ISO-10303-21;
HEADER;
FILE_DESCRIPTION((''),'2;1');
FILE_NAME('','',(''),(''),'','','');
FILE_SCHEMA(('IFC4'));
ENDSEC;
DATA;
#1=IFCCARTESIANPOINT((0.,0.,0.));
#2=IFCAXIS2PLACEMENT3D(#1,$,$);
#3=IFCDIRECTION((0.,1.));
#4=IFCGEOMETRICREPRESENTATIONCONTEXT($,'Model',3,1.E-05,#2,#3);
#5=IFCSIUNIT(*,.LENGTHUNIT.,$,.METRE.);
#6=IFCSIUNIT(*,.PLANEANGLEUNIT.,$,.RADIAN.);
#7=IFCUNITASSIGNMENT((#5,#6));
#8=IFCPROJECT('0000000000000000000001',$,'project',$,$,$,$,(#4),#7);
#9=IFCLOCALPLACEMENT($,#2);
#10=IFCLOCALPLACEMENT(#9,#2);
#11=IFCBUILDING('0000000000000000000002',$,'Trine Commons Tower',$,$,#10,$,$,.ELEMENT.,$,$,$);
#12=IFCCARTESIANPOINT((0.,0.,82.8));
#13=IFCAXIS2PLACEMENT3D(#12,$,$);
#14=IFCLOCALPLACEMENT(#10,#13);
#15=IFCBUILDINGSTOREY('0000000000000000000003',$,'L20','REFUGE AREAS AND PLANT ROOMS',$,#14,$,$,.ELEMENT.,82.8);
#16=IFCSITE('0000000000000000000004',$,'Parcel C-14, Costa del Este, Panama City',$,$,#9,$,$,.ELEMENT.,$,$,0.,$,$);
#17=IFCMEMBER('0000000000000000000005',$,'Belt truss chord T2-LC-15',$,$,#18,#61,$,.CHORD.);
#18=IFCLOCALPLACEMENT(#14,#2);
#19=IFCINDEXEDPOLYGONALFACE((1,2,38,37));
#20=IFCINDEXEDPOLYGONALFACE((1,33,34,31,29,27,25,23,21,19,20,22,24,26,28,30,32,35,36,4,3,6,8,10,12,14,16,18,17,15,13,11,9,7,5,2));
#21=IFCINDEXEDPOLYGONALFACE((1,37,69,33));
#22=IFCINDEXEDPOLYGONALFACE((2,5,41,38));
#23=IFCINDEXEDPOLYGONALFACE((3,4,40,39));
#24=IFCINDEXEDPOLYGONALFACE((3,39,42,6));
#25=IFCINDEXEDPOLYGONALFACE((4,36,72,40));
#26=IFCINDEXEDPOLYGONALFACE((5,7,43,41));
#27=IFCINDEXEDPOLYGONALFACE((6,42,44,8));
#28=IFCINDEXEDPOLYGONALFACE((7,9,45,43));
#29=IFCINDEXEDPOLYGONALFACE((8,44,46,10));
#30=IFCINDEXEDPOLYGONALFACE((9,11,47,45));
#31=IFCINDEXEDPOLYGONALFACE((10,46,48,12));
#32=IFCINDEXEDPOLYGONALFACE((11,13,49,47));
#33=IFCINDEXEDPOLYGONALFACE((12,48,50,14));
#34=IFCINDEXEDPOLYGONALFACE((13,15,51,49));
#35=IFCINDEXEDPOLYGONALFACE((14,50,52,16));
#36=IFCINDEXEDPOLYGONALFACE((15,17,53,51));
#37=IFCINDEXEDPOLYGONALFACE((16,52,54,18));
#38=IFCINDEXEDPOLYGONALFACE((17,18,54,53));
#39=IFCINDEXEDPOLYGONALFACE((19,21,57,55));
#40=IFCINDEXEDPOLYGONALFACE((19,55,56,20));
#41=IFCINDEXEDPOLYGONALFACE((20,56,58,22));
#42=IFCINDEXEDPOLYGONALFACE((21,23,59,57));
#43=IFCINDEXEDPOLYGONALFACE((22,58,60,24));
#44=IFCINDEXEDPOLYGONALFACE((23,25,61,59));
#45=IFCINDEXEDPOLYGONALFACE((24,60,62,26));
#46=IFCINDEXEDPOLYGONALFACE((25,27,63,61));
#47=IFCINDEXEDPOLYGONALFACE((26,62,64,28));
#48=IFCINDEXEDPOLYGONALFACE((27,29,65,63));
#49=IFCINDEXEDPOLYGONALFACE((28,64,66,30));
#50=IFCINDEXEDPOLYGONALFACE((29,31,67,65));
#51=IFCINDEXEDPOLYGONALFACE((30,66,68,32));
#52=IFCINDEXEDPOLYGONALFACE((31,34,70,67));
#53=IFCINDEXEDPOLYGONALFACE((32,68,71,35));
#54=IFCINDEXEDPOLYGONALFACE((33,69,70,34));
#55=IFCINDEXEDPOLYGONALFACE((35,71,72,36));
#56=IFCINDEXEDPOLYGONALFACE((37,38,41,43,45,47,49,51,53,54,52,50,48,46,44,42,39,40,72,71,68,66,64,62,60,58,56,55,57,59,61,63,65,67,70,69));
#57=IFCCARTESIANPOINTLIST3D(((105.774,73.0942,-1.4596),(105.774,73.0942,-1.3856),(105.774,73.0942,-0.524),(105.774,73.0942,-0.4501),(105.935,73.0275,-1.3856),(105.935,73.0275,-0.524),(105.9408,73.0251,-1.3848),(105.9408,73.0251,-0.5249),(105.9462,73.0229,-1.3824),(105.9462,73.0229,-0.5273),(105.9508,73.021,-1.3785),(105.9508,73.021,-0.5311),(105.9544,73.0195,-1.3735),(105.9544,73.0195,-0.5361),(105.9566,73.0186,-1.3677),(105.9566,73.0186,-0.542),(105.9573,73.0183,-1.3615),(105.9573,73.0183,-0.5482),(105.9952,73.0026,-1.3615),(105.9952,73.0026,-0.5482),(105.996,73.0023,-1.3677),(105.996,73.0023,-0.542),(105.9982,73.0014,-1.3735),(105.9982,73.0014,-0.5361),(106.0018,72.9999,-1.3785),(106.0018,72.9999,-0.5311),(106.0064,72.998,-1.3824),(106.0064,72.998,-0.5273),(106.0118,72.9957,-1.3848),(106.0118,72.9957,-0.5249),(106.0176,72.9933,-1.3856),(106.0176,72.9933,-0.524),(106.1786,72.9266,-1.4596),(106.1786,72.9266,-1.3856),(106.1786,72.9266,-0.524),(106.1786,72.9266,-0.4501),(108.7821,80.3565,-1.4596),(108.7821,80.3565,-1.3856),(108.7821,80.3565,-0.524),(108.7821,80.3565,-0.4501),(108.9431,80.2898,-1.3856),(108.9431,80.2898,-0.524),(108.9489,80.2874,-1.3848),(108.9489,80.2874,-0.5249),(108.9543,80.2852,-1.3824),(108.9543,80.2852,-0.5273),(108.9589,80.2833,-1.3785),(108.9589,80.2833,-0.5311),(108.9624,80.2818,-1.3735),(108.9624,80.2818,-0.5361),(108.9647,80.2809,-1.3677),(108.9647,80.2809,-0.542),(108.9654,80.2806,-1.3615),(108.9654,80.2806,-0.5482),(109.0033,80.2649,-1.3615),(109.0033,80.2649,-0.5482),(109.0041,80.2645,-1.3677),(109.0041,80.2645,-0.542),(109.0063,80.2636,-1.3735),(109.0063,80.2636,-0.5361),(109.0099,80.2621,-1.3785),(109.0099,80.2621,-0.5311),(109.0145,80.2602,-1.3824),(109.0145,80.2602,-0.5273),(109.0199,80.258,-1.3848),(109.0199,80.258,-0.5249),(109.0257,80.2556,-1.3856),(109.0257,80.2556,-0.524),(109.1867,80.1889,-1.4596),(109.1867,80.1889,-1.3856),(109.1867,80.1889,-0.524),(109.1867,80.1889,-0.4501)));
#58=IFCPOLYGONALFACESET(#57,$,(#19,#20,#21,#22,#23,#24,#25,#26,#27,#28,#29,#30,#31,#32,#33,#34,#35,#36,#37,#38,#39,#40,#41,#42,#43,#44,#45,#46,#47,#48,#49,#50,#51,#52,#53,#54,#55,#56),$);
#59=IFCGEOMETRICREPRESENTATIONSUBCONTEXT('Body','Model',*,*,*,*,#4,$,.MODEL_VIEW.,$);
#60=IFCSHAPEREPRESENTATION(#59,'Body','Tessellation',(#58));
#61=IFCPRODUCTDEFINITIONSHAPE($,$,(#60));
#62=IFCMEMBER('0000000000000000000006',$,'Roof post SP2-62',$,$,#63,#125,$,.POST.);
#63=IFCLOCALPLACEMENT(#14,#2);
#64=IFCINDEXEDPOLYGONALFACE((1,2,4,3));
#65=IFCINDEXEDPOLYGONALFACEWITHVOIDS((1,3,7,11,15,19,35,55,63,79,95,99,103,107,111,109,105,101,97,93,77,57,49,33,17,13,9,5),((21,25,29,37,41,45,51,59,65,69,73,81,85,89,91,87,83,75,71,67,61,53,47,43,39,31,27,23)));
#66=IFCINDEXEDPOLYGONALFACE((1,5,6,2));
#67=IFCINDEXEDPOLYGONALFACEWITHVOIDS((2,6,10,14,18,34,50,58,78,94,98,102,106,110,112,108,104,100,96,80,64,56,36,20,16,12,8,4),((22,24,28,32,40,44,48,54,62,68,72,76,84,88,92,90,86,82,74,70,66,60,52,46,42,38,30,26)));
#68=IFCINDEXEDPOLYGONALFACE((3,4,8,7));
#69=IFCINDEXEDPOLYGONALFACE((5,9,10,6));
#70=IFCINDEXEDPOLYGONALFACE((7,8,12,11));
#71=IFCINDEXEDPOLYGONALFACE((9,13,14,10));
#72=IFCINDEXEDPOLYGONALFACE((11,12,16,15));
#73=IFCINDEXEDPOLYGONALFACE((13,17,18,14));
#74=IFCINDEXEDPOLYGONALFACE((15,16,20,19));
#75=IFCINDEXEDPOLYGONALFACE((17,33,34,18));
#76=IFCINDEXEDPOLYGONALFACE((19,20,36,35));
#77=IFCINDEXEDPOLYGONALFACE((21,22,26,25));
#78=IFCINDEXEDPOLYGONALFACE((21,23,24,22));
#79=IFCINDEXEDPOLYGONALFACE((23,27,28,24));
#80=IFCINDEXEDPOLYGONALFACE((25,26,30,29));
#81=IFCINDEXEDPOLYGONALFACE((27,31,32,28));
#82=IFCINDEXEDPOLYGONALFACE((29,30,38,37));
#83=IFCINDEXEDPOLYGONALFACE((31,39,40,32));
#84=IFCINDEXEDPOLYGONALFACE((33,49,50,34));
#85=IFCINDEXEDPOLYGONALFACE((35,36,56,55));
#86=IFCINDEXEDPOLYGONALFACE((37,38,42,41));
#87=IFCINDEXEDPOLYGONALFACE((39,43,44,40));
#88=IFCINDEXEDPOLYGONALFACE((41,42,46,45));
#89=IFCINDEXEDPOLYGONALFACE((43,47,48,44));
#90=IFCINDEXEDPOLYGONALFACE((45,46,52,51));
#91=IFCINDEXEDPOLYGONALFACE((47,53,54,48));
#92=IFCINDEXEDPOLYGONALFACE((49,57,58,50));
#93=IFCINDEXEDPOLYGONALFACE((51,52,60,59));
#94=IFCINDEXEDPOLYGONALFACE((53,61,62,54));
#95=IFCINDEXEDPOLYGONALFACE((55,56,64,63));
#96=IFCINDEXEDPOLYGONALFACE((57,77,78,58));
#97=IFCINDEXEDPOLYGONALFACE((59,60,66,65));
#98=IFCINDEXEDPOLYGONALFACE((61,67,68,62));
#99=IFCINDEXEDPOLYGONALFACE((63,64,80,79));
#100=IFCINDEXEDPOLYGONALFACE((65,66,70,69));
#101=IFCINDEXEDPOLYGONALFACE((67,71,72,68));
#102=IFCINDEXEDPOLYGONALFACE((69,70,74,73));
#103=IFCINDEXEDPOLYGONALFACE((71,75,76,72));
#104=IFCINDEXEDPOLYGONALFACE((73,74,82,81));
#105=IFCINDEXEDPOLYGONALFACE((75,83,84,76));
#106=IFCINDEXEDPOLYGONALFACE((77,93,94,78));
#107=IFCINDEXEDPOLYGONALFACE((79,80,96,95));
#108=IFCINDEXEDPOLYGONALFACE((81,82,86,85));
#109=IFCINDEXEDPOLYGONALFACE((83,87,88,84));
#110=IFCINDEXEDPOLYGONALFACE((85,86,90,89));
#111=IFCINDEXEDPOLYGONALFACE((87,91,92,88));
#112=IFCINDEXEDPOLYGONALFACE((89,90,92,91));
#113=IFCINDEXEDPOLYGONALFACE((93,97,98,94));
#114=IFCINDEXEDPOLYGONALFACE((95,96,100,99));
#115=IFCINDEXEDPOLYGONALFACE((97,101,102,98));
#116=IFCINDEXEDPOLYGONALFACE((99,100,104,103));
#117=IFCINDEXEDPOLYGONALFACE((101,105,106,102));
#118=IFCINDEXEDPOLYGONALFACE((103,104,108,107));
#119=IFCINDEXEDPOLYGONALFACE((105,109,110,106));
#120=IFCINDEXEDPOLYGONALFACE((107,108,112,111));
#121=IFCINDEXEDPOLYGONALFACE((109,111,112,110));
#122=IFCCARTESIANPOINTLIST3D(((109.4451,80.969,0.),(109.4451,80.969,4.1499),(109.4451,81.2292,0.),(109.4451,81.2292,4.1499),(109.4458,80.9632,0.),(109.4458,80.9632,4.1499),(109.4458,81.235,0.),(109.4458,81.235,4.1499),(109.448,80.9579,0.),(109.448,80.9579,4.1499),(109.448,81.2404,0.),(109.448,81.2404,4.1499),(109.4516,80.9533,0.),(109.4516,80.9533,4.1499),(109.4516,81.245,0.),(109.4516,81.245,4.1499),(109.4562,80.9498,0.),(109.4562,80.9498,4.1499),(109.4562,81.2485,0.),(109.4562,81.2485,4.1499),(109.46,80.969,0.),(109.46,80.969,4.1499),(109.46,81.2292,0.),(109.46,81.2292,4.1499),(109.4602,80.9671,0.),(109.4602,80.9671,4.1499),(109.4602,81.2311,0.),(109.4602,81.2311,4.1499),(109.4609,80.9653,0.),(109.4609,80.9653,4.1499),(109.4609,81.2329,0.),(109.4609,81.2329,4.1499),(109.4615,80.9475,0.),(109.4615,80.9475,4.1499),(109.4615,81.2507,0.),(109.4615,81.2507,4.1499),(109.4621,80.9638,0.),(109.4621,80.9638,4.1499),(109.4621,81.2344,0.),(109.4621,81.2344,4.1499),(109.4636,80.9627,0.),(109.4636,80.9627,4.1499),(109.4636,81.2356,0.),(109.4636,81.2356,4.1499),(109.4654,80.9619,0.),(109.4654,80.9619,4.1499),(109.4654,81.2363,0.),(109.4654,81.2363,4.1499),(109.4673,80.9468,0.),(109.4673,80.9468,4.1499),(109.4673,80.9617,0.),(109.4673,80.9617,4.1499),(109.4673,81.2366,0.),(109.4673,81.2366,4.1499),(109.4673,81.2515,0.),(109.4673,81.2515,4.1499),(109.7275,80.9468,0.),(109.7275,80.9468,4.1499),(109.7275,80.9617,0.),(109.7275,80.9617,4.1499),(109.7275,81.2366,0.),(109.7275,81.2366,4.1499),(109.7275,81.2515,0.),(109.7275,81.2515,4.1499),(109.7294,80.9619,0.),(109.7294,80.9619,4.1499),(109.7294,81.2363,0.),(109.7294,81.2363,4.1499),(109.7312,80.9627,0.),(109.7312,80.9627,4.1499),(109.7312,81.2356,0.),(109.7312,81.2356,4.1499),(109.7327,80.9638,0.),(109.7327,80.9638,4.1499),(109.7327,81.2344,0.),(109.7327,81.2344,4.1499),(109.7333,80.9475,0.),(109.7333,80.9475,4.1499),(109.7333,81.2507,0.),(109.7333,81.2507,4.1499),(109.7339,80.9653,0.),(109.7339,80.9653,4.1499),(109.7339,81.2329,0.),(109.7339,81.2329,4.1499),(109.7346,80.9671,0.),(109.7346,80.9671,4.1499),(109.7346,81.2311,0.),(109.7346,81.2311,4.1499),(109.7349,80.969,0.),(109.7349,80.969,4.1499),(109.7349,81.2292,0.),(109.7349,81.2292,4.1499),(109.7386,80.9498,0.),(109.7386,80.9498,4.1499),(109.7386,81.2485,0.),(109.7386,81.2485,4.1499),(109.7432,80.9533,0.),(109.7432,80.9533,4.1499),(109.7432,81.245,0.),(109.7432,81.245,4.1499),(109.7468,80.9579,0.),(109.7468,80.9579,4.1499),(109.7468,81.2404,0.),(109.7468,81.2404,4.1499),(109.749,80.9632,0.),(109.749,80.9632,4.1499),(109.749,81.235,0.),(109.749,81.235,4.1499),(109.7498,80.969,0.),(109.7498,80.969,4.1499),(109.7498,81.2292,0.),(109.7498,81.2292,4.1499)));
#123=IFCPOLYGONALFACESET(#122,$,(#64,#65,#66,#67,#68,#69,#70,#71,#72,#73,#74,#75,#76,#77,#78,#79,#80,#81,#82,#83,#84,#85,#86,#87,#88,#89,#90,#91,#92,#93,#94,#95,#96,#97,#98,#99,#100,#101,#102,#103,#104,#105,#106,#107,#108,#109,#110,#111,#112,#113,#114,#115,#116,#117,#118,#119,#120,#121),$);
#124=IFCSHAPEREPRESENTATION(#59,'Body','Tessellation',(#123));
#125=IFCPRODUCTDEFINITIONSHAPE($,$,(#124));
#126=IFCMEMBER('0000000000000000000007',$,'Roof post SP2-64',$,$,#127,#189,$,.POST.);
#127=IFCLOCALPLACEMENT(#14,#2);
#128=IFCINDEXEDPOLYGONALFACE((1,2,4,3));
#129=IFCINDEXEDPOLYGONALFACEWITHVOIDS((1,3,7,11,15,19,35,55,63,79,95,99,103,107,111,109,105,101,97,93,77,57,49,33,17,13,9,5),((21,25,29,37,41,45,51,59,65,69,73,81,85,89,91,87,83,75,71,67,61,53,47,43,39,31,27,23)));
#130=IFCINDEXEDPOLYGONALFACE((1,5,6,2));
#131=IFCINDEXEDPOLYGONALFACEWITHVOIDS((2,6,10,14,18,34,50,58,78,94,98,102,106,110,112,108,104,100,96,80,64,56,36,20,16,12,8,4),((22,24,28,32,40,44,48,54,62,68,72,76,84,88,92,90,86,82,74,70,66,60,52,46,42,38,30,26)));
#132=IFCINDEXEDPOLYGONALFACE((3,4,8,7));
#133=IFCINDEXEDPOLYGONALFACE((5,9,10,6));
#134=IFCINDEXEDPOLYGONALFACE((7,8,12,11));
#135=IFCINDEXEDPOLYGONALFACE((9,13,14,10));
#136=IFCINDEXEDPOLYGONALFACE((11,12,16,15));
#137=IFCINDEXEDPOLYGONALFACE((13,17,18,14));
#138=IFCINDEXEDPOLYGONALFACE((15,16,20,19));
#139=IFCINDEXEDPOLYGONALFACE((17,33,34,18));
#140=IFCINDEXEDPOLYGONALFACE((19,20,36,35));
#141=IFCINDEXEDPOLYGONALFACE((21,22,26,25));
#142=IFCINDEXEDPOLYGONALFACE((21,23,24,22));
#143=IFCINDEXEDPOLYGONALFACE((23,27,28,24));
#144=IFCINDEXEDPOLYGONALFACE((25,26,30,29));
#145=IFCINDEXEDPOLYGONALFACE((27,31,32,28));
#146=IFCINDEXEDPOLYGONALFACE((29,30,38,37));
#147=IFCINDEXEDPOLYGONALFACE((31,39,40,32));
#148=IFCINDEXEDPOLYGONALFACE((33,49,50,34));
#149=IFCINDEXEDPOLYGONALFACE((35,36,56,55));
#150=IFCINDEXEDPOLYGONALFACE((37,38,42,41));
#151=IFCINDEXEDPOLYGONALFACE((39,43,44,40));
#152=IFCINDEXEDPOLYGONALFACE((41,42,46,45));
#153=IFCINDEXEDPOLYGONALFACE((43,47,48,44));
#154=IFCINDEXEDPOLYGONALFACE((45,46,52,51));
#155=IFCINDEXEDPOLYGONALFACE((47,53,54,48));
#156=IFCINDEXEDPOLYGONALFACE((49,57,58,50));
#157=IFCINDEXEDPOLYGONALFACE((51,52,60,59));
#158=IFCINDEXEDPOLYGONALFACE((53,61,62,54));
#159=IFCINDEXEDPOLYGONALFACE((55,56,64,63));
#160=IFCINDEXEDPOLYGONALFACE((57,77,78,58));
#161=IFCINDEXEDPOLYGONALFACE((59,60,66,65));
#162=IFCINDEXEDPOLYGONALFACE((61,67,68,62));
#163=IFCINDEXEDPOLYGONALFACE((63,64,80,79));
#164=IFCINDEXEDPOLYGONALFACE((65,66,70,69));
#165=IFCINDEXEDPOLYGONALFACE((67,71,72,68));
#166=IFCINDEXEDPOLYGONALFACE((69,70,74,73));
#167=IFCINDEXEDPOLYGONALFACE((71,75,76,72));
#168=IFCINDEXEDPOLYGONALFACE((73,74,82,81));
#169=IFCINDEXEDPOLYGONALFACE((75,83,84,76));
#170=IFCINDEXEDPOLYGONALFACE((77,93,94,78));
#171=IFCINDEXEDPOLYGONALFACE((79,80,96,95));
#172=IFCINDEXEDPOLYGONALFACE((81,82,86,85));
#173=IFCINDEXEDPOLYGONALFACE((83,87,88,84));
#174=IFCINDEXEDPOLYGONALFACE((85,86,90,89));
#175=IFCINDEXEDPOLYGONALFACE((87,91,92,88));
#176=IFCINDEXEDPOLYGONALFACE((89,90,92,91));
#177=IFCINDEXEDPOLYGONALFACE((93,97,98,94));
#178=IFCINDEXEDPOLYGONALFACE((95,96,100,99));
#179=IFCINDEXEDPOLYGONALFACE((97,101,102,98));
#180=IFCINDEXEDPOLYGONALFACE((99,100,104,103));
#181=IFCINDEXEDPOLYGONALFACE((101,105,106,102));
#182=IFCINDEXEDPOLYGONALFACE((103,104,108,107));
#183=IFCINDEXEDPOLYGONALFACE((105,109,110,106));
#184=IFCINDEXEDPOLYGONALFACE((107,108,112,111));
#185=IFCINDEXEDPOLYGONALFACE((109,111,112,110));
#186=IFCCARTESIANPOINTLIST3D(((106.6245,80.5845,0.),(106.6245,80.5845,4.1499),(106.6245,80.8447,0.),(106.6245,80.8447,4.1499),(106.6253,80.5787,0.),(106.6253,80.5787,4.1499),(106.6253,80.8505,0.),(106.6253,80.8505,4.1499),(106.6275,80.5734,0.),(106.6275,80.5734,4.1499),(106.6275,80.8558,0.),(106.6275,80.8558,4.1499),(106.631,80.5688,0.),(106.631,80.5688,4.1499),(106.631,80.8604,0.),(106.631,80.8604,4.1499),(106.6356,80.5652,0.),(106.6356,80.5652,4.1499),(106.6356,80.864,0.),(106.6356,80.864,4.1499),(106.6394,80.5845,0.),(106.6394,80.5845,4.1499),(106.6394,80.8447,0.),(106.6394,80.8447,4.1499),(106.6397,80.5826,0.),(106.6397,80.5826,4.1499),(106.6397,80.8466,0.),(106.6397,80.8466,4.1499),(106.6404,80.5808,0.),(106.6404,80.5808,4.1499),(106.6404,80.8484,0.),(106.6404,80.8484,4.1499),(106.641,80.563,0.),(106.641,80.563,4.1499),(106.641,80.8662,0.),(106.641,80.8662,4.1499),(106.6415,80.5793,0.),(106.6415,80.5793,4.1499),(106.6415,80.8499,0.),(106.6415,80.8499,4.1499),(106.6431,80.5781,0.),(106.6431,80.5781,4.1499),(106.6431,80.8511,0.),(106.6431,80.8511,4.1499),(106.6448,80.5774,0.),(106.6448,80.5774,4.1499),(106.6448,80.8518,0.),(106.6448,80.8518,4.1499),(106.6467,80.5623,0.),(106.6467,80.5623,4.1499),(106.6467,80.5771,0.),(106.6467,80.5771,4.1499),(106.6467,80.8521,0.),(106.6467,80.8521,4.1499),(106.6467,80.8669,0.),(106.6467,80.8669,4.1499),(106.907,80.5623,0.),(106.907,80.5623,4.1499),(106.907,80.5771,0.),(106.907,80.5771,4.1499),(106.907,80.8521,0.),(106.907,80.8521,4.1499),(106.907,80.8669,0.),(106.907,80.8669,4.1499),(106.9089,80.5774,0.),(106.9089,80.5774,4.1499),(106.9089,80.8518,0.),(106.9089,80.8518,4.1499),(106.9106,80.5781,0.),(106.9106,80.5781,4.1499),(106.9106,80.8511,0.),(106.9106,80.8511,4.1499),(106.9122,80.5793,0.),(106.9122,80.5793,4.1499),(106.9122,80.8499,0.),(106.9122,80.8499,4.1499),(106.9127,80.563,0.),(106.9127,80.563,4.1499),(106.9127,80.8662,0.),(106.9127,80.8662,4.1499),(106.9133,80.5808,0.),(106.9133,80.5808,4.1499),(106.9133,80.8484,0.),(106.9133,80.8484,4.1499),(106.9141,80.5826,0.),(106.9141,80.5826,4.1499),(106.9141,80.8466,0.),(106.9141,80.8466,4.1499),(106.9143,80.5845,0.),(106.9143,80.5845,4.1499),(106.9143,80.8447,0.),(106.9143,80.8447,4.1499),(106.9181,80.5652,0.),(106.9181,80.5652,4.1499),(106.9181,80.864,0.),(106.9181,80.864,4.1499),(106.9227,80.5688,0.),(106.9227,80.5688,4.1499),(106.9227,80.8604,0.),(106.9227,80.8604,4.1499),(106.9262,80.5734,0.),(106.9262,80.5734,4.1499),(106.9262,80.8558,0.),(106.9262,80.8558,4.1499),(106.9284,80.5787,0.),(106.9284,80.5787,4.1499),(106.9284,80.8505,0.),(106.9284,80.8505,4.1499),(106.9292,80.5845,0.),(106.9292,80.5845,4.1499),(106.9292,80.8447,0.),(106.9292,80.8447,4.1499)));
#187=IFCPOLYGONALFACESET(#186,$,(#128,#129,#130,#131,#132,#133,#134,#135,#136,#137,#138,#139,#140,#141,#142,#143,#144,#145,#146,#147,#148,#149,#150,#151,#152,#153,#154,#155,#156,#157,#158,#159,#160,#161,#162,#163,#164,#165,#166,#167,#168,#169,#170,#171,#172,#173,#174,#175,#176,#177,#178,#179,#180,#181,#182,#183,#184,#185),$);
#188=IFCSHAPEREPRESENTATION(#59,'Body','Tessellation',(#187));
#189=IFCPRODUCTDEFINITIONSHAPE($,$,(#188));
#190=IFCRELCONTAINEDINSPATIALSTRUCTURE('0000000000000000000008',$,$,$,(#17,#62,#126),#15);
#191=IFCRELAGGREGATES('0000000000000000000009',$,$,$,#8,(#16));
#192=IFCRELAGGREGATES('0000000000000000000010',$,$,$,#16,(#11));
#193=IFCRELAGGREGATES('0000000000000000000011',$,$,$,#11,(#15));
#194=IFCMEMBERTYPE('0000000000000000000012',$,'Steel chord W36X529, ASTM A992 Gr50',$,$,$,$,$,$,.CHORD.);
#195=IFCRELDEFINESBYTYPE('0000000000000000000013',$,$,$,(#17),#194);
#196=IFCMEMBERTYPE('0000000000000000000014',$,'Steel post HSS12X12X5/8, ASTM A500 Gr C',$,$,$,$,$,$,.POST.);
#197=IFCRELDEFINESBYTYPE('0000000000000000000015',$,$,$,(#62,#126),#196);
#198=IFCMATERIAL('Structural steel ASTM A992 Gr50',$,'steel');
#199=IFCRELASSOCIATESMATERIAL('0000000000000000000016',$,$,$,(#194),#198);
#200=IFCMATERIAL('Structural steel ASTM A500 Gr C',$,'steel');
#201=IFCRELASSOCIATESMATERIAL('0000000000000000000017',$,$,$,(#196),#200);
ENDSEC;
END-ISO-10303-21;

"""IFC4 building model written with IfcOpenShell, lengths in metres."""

from ifc_helpers import new_model, si_unit, direction, frame, origin, origin_2d, place, context, subcontext, project, spatial, hollow_rectangle, i_section, extrude, material, material_profile, profile_set, type_object, element, save


model = new_model("IFC4")

# Units and contexts
model_context = context("Model", 3, precision=1e-05, world=origin(), true_north=direction((0.0, 1.0)))
body_context = subcontext(model_context, "Body", "Model", "MODEL_VIEW")
ifc_project = project(units=[si_unit("LENGTHUNIT", "METRE"), si_unit("PLANEANGLEUNIT", "RADIAN")], contexts=[model_context])

# Site, building, storey
site_placement = place(None, origin())
site = spatial("IfcSite", under=ifc_project, at=site_placement, Name="Parcel C-14, Costa del Este, Panama City", CompositionType="ELEMENT", RefElevation=0.0)
building_placement = place(site_placement, origin())
building = spatial("IfcBuilding", under=site, at=building_placement, Name="Trine Commons Tower", CompositionType="ELEMENT")
storey_placement = place(building_placement, frame((0.0, 0.0, 82.8)))
storey = spatial("IfcBuildingStorey", under=building, at=storey_placement, Name="L20", Description="REFUGE AREAS AND PLANT ROOMS", CompositionType="ELEMENT", Elevation=82.8)

# Members
ifc_material_1 = material(Name="Structural steel ASTM A992 Gr50", Category="steel")
ifc_material_profile_1 = material_profile(ifc_material_1, i_section(OverallWidth=0.438, OverallDepth=1.0095, WebThickness=0.041, FlangeThickness=0.074, FilletRadius=0.0242, at=origin_2d()), Name="W36X529")
ifc_profile_set_1 = profile_set([ifc_material_profile_1], Name="Structural steel ASTM A992 Gr50")
member_type_1 = type_object("IfcMemberType", Name="Steel chord W36X529, ASTM A992 Gr50", PredefinedType="CHORD", material=ifc_profile_set_1)
member_1_placement = place(storey_placement, frame((108.9844, 80.2727, -0.9548), z_axis=(-0.382678, -0.923882, 0.0), x_axis=(0.923882, -0.382678, 0.0)))
element("IfcMember", 1, at=member_1_placement, inside=storey, type_object=member_type_1, Name="Belt truss chord T2-LC-15", PredefinedType="CHORD", context=body_context, shape_type="SweptSolid", body=[
    extrude(i_section(OverallWidth=0.438, OverallDepth=1.0095, WebThickness=0.041, FlangeThickness=0.074, FilletRadius=0.0242, at=origin_2d()), origin(), (0.0, 0.0, 1.0), 7.8606),
])
ifc_material_2 = material(Name="Structural steel ASTM A500 Gr C", Category="steel")
ifc_material_profile_2 = material_profile(ifc_material_2, hollow_rectangle(XDim=0.3047, YDim=0.3047, WallThickness=0.0149, InnerFilletRadius=0.0073, OuterFilletRadius=0.0222, at=origin_2d()), Name="HSS12X12X5/8")
ifc_profile_set_2 = profile_set([ifc_material_profile_2], Name="Structural steel ASTM A500 Gr C")
member_type_2 = type_object("IfcMemberType", Name="Steel post HSS12X12X5/8, ASTM A500 Gr C", PredefinedType="POST", material=ifc_profile_set_2)
for number, where, z_axis, x_axis, name in (
    (2, (109.5974, 81.0991, 0.0), (0.0, 0.0, 1.0), (1.0, 0.0, 0.0), "Roof post SP2-62"),
    (3, (106.7769, 80.7146, 0.0), (0.0, 0.0, 1.0), (1.0, 0.0, 0.0), "Roof post SP2-64"),
):
    element("IfcMember", number, at=place(storey_placement, frame(where, z_axis=z_axis, x_axis=x_axis)), inside=storey, type_object=member_type_2, Name=name, PredefinedType="POST", context=body_context, shape_type="SweptSolid", body=[
        extrude(hollow_rectangle(XDim=0.3047, YDim=0.3047, WallThickness=0.0149, InnerFilletRadius=0.0073, OuterFilletRadius=0.0222, at=origin_2d()), origin(), (0.0, 0.0, 1.0), 4.1499),
    ])

save(model, "model.ifc")
